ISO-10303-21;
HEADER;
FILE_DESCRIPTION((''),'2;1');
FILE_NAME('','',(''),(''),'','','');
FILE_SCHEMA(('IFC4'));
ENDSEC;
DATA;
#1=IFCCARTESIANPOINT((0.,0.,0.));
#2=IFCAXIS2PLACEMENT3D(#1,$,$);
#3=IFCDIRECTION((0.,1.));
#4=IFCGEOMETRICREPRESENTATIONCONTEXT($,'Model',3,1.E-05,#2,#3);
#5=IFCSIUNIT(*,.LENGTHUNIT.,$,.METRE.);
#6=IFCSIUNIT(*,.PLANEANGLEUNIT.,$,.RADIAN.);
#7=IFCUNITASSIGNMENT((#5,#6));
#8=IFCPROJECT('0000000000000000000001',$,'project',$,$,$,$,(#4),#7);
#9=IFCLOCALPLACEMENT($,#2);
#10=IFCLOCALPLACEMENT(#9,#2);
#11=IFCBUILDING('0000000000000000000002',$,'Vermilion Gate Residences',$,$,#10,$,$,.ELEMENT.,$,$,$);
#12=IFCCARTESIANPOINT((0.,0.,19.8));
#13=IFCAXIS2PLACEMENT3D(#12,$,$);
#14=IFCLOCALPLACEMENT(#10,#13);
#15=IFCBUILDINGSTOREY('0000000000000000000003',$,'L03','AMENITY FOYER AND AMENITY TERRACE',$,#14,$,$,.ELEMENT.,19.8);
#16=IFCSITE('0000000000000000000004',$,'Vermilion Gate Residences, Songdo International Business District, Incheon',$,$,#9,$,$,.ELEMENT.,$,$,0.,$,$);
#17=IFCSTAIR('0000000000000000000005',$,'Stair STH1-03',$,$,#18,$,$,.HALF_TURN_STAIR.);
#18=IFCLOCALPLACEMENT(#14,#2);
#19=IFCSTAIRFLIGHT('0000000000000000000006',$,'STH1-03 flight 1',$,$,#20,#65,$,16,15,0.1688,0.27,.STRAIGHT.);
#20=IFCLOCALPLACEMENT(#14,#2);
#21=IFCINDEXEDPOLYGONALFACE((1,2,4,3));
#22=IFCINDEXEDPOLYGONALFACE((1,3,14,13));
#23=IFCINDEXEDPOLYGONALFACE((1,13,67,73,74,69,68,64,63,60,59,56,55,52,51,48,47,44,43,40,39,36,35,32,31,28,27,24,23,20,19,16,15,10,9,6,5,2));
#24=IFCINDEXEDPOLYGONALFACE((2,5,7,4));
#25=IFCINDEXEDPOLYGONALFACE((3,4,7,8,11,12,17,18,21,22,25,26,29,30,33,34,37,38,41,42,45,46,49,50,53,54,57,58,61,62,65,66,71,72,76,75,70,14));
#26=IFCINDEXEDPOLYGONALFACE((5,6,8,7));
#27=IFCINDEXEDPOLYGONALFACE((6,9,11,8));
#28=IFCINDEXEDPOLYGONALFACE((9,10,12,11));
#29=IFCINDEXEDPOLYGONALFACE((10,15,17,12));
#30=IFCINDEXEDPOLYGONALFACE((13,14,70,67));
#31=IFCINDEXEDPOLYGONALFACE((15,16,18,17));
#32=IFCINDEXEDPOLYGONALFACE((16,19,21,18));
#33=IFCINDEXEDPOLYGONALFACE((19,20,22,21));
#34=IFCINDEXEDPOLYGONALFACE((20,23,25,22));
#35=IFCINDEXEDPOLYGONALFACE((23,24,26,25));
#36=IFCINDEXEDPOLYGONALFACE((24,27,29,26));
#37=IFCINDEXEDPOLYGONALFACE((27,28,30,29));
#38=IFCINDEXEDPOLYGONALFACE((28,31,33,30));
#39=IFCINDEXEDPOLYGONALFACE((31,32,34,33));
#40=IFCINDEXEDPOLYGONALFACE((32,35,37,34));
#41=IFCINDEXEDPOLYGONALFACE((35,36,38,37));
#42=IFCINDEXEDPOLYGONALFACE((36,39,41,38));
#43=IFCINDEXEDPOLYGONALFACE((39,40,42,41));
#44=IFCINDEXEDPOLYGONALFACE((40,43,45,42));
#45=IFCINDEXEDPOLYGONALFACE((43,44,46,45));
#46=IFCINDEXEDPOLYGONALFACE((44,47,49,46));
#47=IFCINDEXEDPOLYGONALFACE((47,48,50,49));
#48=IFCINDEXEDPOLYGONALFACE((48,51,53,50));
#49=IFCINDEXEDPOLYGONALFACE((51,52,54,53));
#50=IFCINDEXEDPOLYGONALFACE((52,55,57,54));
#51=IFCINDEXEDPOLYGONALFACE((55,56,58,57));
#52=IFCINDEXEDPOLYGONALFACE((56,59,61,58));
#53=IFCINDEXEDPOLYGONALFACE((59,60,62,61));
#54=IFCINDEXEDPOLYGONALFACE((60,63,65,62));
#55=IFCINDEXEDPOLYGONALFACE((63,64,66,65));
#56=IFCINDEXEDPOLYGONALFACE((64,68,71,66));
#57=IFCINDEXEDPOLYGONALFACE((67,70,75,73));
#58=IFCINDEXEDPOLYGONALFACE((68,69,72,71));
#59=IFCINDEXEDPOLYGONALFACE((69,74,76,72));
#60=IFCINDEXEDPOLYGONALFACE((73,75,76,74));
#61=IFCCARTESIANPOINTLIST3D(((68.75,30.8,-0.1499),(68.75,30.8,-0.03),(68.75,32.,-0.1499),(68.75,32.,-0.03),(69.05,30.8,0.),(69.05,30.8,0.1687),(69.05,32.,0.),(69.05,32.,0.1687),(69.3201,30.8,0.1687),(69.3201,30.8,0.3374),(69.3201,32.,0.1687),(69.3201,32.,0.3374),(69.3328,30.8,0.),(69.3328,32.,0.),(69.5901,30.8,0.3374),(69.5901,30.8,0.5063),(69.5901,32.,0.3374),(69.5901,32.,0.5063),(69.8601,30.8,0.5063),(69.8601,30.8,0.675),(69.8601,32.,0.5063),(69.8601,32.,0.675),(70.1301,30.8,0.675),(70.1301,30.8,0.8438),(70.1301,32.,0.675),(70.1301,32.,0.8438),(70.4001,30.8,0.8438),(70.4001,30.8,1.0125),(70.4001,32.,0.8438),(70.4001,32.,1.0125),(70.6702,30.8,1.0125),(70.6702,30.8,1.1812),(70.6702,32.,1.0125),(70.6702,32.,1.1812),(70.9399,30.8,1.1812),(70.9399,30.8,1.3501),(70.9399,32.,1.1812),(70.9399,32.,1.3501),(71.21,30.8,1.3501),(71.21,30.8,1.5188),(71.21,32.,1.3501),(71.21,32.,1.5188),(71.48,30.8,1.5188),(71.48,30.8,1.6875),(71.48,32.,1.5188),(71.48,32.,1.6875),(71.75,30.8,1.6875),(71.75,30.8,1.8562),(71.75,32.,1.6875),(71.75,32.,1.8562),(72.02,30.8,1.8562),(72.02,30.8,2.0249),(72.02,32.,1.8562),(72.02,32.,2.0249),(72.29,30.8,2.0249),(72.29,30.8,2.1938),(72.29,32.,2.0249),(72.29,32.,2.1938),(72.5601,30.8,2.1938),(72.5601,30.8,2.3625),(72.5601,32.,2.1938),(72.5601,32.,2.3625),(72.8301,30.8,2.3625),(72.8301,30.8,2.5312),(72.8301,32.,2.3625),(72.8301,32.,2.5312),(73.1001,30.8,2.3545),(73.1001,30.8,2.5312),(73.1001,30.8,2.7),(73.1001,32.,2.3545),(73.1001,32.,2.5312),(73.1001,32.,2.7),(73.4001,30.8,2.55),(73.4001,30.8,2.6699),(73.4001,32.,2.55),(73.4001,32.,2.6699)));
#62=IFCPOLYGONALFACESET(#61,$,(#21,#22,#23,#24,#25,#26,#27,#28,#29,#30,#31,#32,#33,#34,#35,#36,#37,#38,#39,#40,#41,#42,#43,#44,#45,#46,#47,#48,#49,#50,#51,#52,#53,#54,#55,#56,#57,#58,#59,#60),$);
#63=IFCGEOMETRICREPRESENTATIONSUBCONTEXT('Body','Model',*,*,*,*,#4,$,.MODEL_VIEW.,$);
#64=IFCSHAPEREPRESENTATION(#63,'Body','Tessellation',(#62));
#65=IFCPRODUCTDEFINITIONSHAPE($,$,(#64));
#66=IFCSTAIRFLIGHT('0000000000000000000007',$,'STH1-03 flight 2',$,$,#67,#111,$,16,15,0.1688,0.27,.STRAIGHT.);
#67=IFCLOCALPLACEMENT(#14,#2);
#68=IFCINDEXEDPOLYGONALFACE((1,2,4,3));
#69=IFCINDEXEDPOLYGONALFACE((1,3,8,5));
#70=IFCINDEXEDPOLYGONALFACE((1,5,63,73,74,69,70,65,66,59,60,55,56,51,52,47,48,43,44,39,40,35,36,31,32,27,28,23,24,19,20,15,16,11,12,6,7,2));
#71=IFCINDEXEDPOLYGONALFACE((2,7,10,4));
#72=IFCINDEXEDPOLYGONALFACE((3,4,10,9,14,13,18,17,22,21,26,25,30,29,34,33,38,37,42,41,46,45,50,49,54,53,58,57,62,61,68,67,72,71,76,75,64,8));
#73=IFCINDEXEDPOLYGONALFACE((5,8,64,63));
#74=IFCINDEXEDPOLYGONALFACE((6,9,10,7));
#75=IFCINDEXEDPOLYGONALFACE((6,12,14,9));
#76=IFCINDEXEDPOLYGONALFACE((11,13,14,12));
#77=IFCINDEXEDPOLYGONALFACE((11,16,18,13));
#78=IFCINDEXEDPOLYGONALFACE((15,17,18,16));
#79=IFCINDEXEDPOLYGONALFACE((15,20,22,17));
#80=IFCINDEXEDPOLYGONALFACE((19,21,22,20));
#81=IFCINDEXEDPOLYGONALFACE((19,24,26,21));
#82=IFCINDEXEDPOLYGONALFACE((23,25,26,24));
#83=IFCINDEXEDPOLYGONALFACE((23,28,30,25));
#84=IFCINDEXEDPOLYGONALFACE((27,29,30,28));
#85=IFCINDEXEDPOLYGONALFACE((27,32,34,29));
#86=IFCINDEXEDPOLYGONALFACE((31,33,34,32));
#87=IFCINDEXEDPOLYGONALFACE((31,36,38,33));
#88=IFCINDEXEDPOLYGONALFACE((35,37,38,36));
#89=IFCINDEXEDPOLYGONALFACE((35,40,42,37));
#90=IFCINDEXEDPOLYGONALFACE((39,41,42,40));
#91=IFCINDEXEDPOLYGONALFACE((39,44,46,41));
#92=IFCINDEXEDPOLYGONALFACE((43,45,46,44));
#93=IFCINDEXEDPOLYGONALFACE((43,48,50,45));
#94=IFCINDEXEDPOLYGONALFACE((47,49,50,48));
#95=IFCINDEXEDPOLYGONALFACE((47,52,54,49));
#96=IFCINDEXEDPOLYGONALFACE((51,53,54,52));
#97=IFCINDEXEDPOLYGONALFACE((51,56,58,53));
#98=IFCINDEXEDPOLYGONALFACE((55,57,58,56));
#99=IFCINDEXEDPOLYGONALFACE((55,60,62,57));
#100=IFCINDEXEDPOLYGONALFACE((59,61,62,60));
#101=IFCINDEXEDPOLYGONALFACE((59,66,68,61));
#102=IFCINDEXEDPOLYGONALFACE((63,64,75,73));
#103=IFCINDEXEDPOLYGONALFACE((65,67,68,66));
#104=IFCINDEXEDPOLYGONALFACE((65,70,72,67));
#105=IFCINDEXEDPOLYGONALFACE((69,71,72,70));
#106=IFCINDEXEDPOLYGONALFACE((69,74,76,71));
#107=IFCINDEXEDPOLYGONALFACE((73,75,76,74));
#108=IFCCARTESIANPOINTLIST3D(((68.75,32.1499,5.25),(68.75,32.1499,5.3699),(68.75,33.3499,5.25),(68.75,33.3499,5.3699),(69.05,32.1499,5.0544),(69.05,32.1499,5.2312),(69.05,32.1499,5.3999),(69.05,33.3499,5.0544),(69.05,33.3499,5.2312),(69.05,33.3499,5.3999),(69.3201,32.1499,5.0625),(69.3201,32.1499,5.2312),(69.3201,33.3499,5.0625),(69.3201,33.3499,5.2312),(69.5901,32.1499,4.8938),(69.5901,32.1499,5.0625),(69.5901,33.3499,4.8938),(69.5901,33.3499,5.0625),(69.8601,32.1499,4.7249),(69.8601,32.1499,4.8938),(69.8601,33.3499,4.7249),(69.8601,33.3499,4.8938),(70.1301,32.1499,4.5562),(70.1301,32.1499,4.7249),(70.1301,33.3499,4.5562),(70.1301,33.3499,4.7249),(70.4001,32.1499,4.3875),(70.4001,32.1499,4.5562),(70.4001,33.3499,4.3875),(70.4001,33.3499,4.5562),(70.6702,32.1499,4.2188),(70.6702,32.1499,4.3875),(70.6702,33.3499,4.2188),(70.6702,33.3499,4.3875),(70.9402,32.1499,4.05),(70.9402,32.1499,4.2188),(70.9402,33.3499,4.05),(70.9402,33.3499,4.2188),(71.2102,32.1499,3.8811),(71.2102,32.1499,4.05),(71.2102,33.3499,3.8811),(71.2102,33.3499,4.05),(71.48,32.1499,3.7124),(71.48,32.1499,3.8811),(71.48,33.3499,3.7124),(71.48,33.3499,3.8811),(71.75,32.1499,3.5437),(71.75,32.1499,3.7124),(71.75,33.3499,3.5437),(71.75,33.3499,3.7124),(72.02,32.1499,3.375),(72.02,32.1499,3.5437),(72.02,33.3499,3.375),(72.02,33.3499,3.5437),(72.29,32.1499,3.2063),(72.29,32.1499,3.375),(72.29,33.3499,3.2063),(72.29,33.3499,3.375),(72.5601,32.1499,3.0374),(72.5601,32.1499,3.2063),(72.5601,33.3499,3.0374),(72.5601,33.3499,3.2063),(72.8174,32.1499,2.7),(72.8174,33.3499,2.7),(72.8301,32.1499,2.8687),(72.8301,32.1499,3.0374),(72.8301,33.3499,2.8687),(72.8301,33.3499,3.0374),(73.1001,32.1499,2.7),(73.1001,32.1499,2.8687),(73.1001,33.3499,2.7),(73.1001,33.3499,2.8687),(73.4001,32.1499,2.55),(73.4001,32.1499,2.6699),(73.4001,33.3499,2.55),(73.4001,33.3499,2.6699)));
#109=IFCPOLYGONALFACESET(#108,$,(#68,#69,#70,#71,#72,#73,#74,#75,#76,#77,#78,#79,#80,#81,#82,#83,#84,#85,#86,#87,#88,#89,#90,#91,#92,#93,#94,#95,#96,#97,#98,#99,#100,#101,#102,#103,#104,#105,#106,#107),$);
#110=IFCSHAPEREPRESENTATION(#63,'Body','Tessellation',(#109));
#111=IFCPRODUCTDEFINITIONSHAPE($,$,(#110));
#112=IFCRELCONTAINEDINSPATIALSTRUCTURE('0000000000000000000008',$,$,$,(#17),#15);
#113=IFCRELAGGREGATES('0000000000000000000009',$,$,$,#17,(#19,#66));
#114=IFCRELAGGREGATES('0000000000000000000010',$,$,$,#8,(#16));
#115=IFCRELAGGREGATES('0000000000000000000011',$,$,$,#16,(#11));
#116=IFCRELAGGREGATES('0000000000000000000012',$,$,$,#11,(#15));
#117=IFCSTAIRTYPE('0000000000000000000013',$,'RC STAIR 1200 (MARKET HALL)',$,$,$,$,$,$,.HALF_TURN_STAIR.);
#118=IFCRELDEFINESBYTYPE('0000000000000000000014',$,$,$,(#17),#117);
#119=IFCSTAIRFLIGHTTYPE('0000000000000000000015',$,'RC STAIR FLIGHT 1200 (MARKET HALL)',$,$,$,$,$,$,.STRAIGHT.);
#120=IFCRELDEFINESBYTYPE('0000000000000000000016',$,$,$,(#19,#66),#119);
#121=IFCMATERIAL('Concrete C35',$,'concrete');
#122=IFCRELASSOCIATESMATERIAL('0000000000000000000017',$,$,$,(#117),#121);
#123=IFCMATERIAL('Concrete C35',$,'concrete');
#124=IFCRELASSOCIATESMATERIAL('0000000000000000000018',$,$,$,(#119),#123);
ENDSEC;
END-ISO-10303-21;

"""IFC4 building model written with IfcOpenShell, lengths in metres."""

from ifc_helpers import new_model, si_unit, direction, frame, origin, place, context, subcontext, project, spatial, polyline, outline, extrude, material, type_object, element, aggregate, save


model = new_model("IFC4")

# Units and contexts
model_context = context("Model", 3, precision=1e-05, world=origin(), true_north=direction((0.0, 1.0)))
body_context = subcontext(model_context, "Body", "Model", "MODEL_VIEW")
ifc_project = project(units=[si_unit("LENGTHUNIT", "METRE"), si_unit("PLANEANGLEUNIT", "RADIAN")], contexts=[model_context])

# Site, building, storey
site_placement = place(None, origin())
site = spatial("IfcSite", under=ifc_project, at=site_placement, Name="Vermilion Gate Residences, Songdo International Business District, Incheon", CompositionType="ELEMENT", RefElevation=0.0)
building_placement = place(site_placement, origin())
building = spatial("IfcBuilding", under=site, at=building_placement, Name="Vermilion Gate Residences", CompositionType="ELEMENT")
storey_placement = place(building_placement, frame((0.0, 0.0, 19.8)))
storey = spatial("IfcBuildingStorey", under=building, at=storey_placement, Name="L03", Description="AMENITY FOYER AND AMENITY TERRACE", CompositionType="ELEMENT", Elevation=19.8)

# Stair, stair flights
ifc_material_1 = material(Name="Concrete C35", Category="concrete")
stair_type = type_object("IfcStairType", Name="RC STAIR 1200 (MARKET HALL)", PredefinedType="HALF_TURN_STAIR", material=ifc_material_1)
stair_placement = place(storey_placement, origin())
stair = element("IfcStair", 1, at=stair_placement, inside=storey, type_object=stair_type, Name="Stair STH1-03", PredefinedType="HALF_TURN_STAIR")
ifc_material_2 = material(Name="Concrete C35", Category="concrete")
stair_flight_type = type_object("IfcStairFlightType", Name="RC STAIR FLIGHT 1200 (MARKET HALL)", PredefinedType="STRAIGHT", material=ifc_material_2)
stair_flight_1_placement = place(storey_placement, frame((69.05, 31.3999, 0.0), z_axis=(0.0, 0.0, 1.0), x_axis=(1.0, 0.0, 0.0)))
stair_flight_1 = element("IfcStairFlight", 2, at=stair_flight_1_placement, type_object=stair_flight_type, Name="STH1-03 flight 1", NumberOfRisers=16, NumberOfTreads=15, PredefinedType="STRAIGHT", RiserHeight=0.1688, TreadLength=0.27, context=body_context, shape_type="SweptSolid", body=[
    extrude(outline(polyline([(-0.3, -0.1499), (-0.3, -0.03), (0.0, 0.0), (0.0, 0.1687), (0.27, 0.1687), (0.27, 0.3374), (0.54, 0.3374), (0.54, 0.5063), (0.8101, 0.5063), (0.8101, 0.675), (1.0801, 0.675), (1.0801, 0.8438), (1.3501, 0.8438), (1.3501, 1.0125), (1.6201, 1.0125), (1.6201, 1.1812), (1.8899, 1.1812), (1.8899, 1.3501), (2.1599, 1.3501), (2.1599, 1.5188), (2.4299, 1.5188), (2.4299, 1.6875), (2.7, 1.6875), (2.7, 1.8562), (2.97, 1.8562), (2.97, 2.0249), (3.24, 2.0249), (3.24, 2.1938), (3.51, 2.1938), (3.51, 2.3625), (3.78, 2.3625), (3.78, 2.5312), (4.05, 2.5312), (4.05, 2.7), (4.3501, 2.6699), (4.3501, 2.55), (4.05, 2.3545), (0.2827, 0.0), (-0.3, -0.1499)])), frame((0.0, 0.6001, 0.0), z_axis=(0.0, -1.0, 0.0), x_axis=(1.0, 0.0, 0.0)), (0.0, 0.0, 1.0), 1.2),
])
stair_flight_2_placement = place(storey_placement, frame((73.1001, 32.75, 2.7), z_axis=(0.0, 0.0, 1.0), x_axis=(-1.0, 0.0, 0.0)))
stair_flight_2 = element("IfcStairFlight", 3, at=stair_flight_2_placement, type_object=stair_flight_type, Name="STH1-03 flight 2", NumberOfRisers=16, NumberOfTreads=15, PredefinedType="STRAIGHT", RiserHeight=0.1688, TreadLength=0.27, context=body_context, shape_type="SweptSolid", body=[
    extrude(outline(polyline([(-0.3, -0.1499), (-0.3, -0.03), (0.0, 0.0), (0.0, 0.1687), (0.27, 0.1687), (0.27, 0.3374), (0.54, 0.3374), (0.54, 0.5063), (0.8101, 0.5063), (0.8101, 0.675), (1.0801, 0.675), (1.0801, 0.8438), (1.3501, 0.8438), (1.3501, 1.0125), (1.6201, 1.0125), (1.6201, 1.1812), (1.8899, 1.1812), (1.8899, 1.3501), (2.1599, 1.3501), (2.1599, 1.5188), (2.4299, 1.5188), (2.4299, 1.6875), (2.7, 1.6875), (2.7, 1.8562), (2.97, 1.8562), (2.97, 2.0249), (3.24, 2.0249), (3.24, 2.1938), (3.51, 2.1938), (3.51, 2.3625), (3.78, 2.3625), (3.78, 2.5312), (4.05, 2.5312), (4.05, 2.7), (4.3501, 2.6699), (4.3501, 2.55), (4.05, 2.3545), (0.2827, 0.0), (-0.3, -0.1499)])), frame((0.0, 0.6001, 0.0), z_axis=(0.0, -1.0, 0.0), x_axis=(1.0, 0.0, 0.0)), (0.0, 0.0, 1.0), 1.2),
])
aggregate(stair, [stair_flight_1, stair_flight_2])

save(model, "model.ifc")
